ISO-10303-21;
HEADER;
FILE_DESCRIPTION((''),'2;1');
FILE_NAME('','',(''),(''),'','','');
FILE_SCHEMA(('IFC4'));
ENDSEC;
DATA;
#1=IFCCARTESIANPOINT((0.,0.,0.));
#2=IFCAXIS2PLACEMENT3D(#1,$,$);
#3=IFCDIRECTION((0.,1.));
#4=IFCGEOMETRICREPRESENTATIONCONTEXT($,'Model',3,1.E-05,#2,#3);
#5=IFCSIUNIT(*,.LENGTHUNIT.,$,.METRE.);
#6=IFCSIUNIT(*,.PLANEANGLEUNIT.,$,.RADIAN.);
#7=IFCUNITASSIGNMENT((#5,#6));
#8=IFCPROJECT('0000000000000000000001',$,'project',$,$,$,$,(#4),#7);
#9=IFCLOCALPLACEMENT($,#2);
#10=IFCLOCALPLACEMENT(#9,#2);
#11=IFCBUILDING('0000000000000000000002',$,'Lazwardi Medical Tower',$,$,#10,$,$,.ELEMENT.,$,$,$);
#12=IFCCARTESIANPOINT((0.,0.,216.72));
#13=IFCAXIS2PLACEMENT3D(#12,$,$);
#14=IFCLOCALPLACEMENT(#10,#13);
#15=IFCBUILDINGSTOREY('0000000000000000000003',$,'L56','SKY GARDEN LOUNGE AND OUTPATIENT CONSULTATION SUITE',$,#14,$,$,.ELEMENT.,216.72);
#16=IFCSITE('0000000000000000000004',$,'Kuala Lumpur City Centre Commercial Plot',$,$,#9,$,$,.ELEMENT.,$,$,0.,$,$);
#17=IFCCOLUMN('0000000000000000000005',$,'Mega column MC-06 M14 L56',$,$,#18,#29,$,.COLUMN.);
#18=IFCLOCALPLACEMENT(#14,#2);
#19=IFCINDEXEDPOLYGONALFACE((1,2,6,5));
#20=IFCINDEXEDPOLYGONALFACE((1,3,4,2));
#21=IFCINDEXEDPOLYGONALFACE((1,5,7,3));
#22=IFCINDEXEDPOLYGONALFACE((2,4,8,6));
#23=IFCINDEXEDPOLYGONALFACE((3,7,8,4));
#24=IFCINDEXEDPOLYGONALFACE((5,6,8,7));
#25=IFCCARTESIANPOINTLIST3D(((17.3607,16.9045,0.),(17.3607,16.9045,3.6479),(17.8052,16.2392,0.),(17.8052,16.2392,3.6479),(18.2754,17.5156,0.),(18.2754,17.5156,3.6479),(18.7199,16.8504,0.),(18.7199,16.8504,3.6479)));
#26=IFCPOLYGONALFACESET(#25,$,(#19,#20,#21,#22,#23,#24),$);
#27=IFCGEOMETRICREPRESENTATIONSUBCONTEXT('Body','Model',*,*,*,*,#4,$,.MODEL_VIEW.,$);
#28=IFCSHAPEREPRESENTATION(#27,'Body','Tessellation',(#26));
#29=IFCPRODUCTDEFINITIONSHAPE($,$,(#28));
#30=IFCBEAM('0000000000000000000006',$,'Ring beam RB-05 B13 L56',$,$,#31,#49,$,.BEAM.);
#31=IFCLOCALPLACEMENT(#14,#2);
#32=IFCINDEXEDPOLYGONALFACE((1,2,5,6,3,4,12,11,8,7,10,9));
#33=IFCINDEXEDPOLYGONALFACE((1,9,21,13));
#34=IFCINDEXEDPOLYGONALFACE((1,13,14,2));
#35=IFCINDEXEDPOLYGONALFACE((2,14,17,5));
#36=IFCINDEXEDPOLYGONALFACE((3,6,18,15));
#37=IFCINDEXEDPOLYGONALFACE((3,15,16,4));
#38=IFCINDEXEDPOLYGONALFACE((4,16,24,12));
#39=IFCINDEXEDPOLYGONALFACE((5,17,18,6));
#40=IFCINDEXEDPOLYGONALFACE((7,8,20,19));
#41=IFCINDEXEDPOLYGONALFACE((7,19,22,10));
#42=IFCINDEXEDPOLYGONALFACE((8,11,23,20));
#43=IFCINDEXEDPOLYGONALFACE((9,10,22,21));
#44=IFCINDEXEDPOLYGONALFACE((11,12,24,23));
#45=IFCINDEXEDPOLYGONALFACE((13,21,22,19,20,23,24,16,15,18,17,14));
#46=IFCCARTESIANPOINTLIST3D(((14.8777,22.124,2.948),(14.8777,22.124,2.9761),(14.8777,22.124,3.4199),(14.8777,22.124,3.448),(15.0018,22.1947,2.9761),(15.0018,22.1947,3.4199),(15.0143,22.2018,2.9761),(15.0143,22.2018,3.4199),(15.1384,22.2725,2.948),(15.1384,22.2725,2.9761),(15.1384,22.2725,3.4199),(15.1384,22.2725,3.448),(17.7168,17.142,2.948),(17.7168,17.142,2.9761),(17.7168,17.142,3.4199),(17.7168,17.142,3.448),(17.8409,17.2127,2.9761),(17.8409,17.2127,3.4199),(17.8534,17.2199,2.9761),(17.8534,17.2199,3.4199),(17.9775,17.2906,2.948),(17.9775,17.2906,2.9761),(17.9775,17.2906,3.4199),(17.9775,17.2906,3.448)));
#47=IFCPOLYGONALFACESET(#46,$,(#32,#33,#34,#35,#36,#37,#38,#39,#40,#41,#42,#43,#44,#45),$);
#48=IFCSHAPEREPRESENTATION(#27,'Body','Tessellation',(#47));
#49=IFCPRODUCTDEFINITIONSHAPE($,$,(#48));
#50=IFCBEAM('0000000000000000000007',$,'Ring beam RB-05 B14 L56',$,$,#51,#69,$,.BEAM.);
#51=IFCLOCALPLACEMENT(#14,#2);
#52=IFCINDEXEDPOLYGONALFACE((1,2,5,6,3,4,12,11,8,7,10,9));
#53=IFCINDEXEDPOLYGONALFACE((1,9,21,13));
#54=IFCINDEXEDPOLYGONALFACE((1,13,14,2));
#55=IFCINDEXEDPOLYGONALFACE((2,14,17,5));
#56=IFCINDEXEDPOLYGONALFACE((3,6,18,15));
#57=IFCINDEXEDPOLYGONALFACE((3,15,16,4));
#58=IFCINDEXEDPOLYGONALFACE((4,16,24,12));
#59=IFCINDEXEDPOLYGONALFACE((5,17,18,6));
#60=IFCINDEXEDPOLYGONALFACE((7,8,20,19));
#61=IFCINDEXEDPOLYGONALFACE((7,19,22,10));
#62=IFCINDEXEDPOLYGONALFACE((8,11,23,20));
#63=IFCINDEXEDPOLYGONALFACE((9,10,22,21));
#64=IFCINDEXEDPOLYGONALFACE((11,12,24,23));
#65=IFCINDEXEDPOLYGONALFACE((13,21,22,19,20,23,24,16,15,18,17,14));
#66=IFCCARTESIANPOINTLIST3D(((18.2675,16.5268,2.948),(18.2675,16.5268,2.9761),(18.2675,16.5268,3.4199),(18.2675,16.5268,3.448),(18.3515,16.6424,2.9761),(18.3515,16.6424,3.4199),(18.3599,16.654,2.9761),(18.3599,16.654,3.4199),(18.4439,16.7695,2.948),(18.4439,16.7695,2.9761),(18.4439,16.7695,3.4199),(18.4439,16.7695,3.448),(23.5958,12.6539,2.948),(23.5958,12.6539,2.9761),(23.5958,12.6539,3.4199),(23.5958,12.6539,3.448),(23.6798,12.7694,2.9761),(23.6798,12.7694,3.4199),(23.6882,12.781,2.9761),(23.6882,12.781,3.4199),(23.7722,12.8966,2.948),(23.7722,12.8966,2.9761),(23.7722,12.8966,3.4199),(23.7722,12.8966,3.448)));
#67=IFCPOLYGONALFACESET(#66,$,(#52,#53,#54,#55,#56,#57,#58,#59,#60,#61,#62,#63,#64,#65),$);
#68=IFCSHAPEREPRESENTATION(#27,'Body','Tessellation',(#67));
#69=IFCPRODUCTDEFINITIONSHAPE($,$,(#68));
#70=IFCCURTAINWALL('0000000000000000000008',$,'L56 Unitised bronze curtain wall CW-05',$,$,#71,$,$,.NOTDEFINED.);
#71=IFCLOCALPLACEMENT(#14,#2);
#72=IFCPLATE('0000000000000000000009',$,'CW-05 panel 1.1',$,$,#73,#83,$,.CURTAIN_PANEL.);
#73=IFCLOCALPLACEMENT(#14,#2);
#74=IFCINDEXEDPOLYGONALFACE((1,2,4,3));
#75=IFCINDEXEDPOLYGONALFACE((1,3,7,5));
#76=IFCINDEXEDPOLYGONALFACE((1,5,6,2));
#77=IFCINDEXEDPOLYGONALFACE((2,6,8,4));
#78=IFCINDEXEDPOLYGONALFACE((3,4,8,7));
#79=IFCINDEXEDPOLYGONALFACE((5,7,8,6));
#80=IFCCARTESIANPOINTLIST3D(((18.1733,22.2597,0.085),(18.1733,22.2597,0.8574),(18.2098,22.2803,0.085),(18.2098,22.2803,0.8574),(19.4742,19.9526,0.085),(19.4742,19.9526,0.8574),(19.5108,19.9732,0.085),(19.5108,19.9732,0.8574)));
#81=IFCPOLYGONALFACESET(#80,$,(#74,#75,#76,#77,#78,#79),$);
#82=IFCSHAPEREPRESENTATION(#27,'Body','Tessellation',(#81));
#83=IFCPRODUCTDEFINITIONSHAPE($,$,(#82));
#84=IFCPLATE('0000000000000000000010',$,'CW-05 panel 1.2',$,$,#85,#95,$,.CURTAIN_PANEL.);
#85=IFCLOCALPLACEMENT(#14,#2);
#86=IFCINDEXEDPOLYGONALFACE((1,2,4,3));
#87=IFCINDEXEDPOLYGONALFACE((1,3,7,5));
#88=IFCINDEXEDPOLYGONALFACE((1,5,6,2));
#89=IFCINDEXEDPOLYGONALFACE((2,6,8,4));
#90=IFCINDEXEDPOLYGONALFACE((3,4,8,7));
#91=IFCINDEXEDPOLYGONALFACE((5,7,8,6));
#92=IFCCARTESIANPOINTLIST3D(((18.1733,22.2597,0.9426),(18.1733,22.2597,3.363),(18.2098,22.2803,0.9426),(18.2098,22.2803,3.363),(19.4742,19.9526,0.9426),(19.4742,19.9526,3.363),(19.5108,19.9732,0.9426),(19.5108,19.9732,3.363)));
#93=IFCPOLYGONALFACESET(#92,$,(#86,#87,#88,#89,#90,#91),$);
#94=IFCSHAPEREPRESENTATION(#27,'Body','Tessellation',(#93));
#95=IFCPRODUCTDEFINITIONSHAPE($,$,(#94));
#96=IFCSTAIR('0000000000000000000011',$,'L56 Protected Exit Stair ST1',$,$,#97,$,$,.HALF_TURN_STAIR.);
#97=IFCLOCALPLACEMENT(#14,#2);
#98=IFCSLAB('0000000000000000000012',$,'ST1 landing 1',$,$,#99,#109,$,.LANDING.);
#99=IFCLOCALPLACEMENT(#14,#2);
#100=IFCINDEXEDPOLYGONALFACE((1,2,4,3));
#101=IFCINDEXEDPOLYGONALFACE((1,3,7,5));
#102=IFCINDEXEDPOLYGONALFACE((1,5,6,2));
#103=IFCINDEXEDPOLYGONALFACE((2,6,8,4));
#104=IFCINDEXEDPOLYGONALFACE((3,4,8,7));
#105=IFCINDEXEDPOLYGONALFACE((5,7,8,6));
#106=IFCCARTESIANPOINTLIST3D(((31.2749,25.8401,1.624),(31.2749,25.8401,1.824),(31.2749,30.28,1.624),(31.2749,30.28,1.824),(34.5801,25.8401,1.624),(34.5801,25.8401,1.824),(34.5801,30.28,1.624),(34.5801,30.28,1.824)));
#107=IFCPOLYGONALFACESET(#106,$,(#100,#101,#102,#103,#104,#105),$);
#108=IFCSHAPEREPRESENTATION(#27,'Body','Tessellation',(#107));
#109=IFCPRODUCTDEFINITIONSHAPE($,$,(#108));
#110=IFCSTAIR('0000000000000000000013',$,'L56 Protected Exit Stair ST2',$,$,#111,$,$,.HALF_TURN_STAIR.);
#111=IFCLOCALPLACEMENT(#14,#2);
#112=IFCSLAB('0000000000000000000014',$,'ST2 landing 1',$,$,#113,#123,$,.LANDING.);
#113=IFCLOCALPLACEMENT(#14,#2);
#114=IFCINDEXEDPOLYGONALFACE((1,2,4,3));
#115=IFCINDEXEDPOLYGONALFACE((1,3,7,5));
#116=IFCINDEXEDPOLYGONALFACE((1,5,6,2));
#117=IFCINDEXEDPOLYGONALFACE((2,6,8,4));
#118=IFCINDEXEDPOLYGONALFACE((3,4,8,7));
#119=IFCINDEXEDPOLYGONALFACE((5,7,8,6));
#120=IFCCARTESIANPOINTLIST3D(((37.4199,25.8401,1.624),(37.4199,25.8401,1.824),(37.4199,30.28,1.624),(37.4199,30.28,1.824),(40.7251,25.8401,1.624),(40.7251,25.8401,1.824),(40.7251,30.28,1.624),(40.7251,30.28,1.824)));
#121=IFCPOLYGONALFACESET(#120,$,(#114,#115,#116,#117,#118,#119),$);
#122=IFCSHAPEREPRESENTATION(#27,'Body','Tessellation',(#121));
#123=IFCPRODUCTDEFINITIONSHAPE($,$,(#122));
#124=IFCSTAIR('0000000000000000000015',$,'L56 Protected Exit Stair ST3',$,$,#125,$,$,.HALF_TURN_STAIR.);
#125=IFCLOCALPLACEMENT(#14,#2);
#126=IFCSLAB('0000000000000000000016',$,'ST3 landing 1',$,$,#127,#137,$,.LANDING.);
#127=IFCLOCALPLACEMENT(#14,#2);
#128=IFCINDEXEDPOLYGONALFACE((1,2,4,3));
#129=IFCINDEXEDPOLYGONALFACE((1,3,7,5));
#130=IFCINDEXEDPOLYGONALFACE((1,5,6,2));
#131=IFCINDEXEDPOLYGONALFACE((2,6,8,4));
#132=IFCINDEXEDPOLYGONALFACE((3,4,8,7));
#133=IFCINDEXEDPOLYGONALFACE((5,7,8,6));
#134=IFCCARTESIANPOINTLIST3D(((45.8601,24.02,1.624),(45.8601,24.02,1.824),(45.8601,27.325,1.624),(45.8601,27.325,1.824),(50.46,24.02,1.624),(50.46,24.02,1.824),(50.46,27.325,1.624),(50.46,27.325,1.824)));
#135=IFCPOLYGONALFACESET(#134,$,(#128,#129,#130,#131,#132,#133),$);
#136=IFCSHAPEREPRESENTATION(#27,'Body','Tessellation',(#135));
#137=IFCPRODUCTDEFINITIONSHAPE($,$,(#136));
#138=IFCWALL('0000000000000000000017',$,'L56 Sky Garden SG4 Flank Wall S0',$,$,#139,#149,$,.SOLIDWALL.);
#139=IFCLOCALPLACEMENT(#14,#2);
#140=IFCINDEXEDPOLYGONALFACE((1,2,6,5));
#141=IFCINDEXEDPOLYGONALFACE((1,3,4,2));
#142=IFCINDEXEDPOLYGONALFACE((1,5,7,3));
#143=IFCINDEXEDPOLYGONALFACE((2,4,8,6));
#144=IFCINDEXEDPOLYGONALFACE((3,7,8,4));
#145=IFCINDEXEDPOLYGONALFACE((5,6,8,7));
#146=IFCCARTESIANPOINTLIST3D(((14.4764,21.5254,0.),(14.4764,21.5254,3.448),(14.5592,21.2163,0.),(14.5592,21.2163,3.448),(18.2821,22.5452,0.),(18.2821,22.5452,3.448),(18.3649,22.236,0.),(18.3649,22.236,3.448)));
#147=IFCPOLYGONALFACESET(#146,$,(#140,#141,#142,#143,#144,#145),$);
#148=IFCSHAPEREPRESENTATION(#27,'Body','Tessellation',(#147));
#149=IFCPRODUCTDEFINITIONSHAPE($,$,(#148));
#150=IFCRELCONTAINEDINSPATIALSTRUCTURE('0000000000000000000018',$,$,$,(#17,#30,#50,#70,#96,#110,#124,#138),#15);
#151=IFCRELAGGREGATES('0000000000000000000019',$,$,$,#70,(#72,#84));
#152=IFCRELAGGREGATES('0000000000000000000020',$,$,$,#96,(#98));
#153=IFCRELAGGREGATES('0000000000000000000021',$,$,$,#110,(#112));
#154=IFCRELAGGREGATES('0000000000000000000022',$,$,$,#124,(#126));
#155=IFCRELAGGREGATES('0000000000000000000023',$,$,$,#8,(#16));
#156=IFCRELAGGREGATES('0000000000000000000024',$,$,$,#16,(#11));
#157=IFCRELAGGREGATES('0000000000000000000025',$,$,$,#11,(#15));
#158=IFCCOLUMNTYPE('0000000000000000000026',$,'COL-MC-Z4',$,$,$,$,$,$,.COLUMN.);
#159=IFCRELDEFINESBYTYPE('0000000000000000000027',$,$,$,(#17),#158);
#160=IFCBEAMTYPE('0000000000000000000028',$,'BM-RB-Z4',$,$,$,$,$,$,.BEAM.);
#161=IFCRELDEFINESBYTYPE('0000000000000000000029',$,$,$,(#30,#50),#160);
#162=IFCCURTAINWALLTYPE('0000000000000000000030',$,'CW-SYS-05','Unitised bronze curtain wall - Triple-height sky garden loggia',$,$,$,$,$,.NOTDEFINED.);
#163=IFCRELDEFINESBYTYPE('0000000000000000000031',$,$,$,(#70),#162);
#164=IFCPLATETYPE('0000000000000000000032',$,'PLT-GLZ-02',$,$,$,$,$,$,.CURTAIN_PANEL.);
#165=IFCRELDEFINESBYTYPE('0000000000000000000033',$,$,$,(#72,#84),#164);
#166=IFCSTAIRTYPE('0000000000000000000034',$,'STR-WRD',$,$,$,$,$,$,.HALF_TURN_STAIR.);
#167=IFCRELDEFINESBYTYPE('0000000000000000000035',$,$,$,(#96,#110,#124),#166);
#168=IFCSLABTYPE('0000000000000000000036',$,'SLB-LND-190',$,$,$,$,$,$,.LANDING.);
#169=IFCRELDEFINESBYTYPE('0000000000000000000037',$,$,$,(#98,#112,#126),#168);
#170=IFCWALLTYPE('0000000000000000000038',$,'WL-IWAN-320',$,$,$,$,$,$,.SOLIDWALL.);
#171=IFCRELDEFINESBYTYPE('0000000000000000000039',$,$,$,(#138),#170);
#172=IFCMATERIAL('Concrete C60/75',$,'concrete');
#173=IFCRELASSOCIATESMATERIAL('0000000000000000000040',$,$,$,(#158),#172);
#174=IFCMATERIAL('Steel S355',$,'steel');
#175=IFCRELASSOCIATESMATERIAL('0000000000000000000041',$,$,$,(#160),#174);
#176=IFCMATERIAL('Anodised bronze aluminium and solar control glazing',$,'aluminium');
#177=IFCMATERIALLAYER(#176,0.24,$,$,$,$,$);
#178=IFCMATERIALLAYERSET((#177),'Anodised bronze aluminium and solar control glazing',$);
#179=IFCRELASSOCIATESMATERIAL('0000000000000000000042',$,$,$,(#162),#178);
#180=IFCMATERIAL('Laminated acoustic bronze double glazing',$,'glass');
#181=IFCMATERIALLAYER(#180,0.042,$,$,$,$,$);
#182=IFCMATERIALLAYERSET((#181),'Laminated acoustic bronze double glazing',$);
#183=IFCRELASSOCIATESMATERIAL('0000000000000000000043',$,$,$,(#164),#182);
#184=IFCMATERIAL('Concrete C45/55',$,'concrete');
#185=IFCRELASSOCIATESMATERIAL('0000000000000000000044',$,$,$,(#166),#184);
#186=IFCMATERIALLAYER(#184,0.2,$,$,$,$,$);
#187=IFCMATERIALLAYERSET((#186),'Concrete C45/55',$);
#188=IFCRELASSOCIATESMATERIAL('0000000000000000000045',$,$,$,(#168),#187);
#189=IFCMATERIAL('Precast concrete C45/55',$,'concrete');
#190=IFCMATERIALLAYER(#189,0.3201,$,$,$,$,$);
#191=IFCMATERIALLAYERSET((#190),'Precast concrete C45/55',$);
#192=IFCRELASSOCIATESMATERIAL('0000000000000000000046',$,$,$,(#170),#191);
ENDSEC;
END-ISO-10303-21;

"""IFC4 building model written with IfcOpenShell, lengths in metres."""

from ifc_helpers import new_model, si_unit, direction, frame, frame_2d, origin, origin_2d, place, context, subcontext, project, spatial, polyline, rectangle, i_section, outline, extrude, material, layer, layer_set, material_profile, profile_set, type_object, element, aggregate, save


model = new_model("IFC4")

# Units and contexts
model_context = context("Model", 3, precision=1e-05, world=origin(), true_north=direction((0.0, 1.0)))
body_context = subcontext(model_context, "Body", "Model", "MODEL_VIEW")
ifc_project = project(units=[si_unit("LENGTHUNIT", "METRE"), si_unit("PLANEANGLEUNIT", "RADIAN")], contexts=[model_context])

# Site, building, storey
site_placement = place(None, origin())
site = spatial("IfcSite", under=ifc_project, at=site_placement, Name="Kuala Lumpur City Centre Commercial Plot", CompositionType="ELEMENT", RefElevation=0.0)
building_placement = place(site_placement, origin())
building = spatial("IfcBuilding", under=site, at=building_placement, Name="Lazwardi Medical Tower", CompositionType="ELEMENT")
storey_placement = place(building_placement, frame((0.0, 0.0, 216.72)))
storey = spatial("IfcBuildingStorey", under=building, at=storey_placement, Name="L56", Description="SKY GARDEN LOUNGE AND OUTPATIENT CONSULTATION SUITE", CompositionType="ELEMENT", Elevation=216.72)

# Column
ifc_material_1 = material(Name="Concrete C60/75", Category="concrete")
ifc_material_profile_1 = material_profile(ifc_material_1, rectangle(XDim=1.1001, YDim=0.8, at=origin_2d()), Name="CFT-RECT 1100x800")
ifc_profile_set_1 = profile_set([ifc_material_profile_1], Name="Concrete C60/75")
column_type = type_object("IfcColumnType", Name="COL-MC-Z4", PredefinedType="COLUMN", material=ifc_profile_set_1)
column_placement = place(storey_placement, frame((18.0403, 16.8774, 0.0), z_axis=(0.0, 0.0, 1.0), x_axis=(-0.83147, -0.55557, 0.0)))
element("IfcColumn", 1, at=column_placement, inside=storey, type_object=column_type, Name="Mega column MC-06 M14 L56", PredefinedType="COLUMN", context=body_context, shape_type="SweptSolid", body=[
    extrude(rectangle(XDim=1.1001, YDim=0.8, at=origin_2d()), origin(), (0.0, 0.0, 1.0), 3.6479),
])

# Beams
ifc_material_2 = material(Name="Steel S355", Category="steel")
ifc_material_profile_2 = material_profile(ifc_material_2, i_section(OverallWidth=0.3, OverallDepth=0.5, WebThickness=0.0144, FlangeThickness=0.0281, at=origin_2d()), Name="HEB 500")
ifc_profile_set_2 = profile_set([ifc_material_profile_2], Name="Steel S355")
beam_type = type_object("IfcBeamType", Name="BM-RB-Z4", PredefinedType="BEAM", material=ifc_profile_set_2)
beam_1_placement = place(storey_placement, frame((15.0081, 22.1982, 3.198), z_axis=(0.495125, -0.868822, 0.0), x_axis=(0.868822, 0.495125, 0.0)))
element("IfcBeam", 2, at=beam_1_placement, inside=storey, type_object=beam_type, Name="Ring beam RB-05 B13 L56", PredefinedType="BEAM", context=body_context, shape_type="SweptSolid", body=[
    extrude(i_section(OverallWidth=0.3, OverallDepth=0.5, WebThickness=0.0144, FlangeThickness=0.0281, at=origin_2d()), origin(), (0.0, 0.0, 1.0), 5.7341),
])
beam_2_placement = place(storey_placement, frame((18.3557, 16.6482, 3.198), z_axis=(0.80889, -0.58796, 0.0), x_axis=(0.58796, 0.80889, 0.0)))
element("IfcBeam", 3, at=beam_2_placement, inside=storey, type_object=beam_type, Name="Ring beam RB-05 B14 L56", PredefinedType="BEAM", context=body_context, shape_type="SweptSolid", body=[
    extrude(i_section(OverallWidth=0.3, OverallDepth=0.5, WebThickness=0.0144, FlangeThickness=0.0281, at=origin_2d()), origin(), (0.0, 0.0, 1.0), 6.5872),
])

# Curtain wall, plates
ifc_material_3 = material(Name="Anodised bronze aluminium and solar control glazing", Category="aluminium")
ifc_layer_1 = layer(ifc_material_3, 0.24)
ifc_layer_set_1 = layer_set([ifc_layer_1], Name="Anodised bronze aluminium and solar control glazing")
curtain_wall_type = type_object("IfcCurtainWallType", Name="CW-SYS-05", Description="Unitised bronze curtain wall - Triple-height sky garden loggia", PredefinedType="NOTDEFINED", material=ifc_layer_set_1)
curtain_wall_placement = place(storey_placement, origin())
curtain_wall = element("IfcCurtainWall", 4, at=curtain_wall_placement, inside=storey, type_object=curtain_wall_type, Name="L56 Unitised bronze curtain wall CW-05", PredefinedType="NOTDEFINED")
ifc_material_4 = material(Name="Laminated acoustic bronze double glazing", Category="glass")
ifc_layer_2 = layer(ifc_material_4, 0.042)
ifc_layer_set_2 = layer_set([ifc_layer_2], Name="Laminated acoustic bronze double glazing")
plate_type = type_object("IfcPlateType", Name="PLT-GLZ-02", PredefinedType="CURTAIN_PANEL", material=ifc_layer_set_2)
plate_1_placement = place(storey_placement, frame((18.842, 21.1165, 0.085), z_axis=(0.0, 0.0, 1.0), x_axis=(0.491176, -0.871061, 0.0)))
plate_1 = element("IfcPlate", 5, at=plate_1_placement, type_object=plate_type, Name="CW-05 panel 1.1", PredefinedType="CURTAIN_PANEL", context=body_context, shape_type="SweptSolid", body=[
    extrude(rectangle(XDim=2.6487, YDim=0.042, at=origin_2d()), origin(), (0.0, 0.0, 1.0), 0.7725),
])
plate_2_placement = place(storey_placement, frame((18.842, 21.1165, 0.9426), z_axis=(0.0, 0.0, 1.0), x_axis=(0.491176, -0.871061, 0.0)))
plate_2 = element("IfcPlate", 6, at=plate_2_placement, type_object=plate_type, Name="CW-05 panel 1.2", PredefinedType="CURTAIN_PANEL", context=body_context, shape_type="SweptSolid", body=[
    extrude(rectangle(XDim=2.6487, YDim=0.042, at=origin_2d()), origin(), (0.0, 0.0, 1.0), 2.4204),
])
aggregate(curtain_wall, [plate_1, plate_2])

# Stairs, slabs
ifc_material_5 = material(Name="Concrete C45/55", Category="concrete")
stair_type = type_object("IfcStairType", Name="STR-WRD", PredefinedType="HALF_TURN_STAIR", material=ifc_material_5)
stair_1_placement = place(storey_placement, origin())
stair_1 = element("IfcStair", 7, at=stair_1_placement, inside=storey, type_object=stair_type, Name="L56 Protected Exit Stair ST1", PredefinedType="HALF_TURN_STAIR")
ifc_layer_3 = layer(ifc_material_5, 0.2)
ifc_layer_set_3 = layer_set([ifc_layer_3], Name="Concrete C45/55")
slab_type = type_object("IfcSlabType", Name="SLB-LND-190", PredefinedType="LANDING", material=ifc_layer_set_3)
slab_1_placement = place(storey_placement, frame((0.0, 0.0, 1.624)))
slab_1 = element("IfcSlab", 8, at=slab_1_placement, type_object=slab_type, Name="ST1 landing 1", PredefinedType="LANDING", context=body_context, shape_type="SweptSolid", body=[
    extrude(outline(polyline([(31.2749, 25.8401), (34.5801, 25.8401), (34.5801, 30.28), (31.2749, 30.28), (31.2749, 25.8401)])), origin(), (0.0, 0.0, 1.0), 0.2),
])
aggregate(stair_1, [slab_1])
stair_2_placement = place(storey_placement, origin())
stair_2 = element("IfcStair", 9, at=stair_2_placement, inside=storey, type_object=stair_type, Name="L56 Protected Exit Stair ST2", PredefinedType="HALF_TURN_STAIR")
slab_2_placement = place(storey_placement, frame((0.0, 0.0, 1.624)))
slab_2 = element("IfcSlab", 10, at=slab_2_placement, type_object=slab_type, Name="ST2 landing 1", PredefinedType="LANDING", context=body_context, shape_type="SweptSolid", body=[
    extrude(outline(polyline([(40.7251, 30.28), (37.4199, 30.28), (37.4199, 25.8401), (40.7251, 25.8401), (40.7251, 30.28)])), origin(), (0.0, 0.0, 1.0), 0.2),
])
aggregate(stair_2, [slab_2])
stair_3_placement = place(storey_placement, origin())
stair_3 = element("IfcStair", 11, at=stair_3_placement, inside=storey, type_object=stair_type, Name="L56 Protected Exit Stair ST3", PredefinedType="HALF_TURN_STAIR")
slab_3_placement = place(storey_placement, frame((0.0, 0.0, 1.624)))
slab_3 = element("IfcSlab", 12, at=slab_3_placement, type_object=slab_type, Name="ST3 landing 1", PredefinedType="LANDING", context=body_context, shape_type="SweptSolid", body=[
    extrude(outline(polyline([(45.8601, 27.325), (45.8601, 24.02), (50.46, 24.02), (50.46, 27.325), (45.8601, 27.325)])), origin(), (0.0, 0.0, 1.0), 0.2),
])
aggregate(stair_3, [slab_3])

# Wall
ifc_material_6 = material(Name="Precast concrete C45/55", Category="concrete")
ifc_layer_4 = layer(ifc_material_6, 0.3201)
ifc_layer_set_4 = layer_set([ifc_layer_4], Name="Precast concrete C45/55")
wall_type_1 = type_object("IfcWallType", Name="WL-IWAN-320", PredefinedType="SOLIDWALL", material=ifc_layer_set_4)
wall_1_placement = place(storey_placement, frame((14.5178, 21.3708, 0.0), z_axis=(0.0, 0.0, 1.0), x_axis=(0.965923, 0.258831, 0.0)))
element("IfcWall", 13, at=wall_1_placement, inside=storey, type_object=wall_type_1, Name="L56 Sky Garden SG4 Flank Wall S0", PredefinedType="SOLIDWALL", context=body_context, shape_type="SweptSolid", body=[
    extrude(rectangle(XDim=3.9399, YDim=0.3201, at=frame_2d((1.97, 0.0))), origin(), (0.0, 0.0, 1.0), 3.448),
])

save(model, "model.ifc")
